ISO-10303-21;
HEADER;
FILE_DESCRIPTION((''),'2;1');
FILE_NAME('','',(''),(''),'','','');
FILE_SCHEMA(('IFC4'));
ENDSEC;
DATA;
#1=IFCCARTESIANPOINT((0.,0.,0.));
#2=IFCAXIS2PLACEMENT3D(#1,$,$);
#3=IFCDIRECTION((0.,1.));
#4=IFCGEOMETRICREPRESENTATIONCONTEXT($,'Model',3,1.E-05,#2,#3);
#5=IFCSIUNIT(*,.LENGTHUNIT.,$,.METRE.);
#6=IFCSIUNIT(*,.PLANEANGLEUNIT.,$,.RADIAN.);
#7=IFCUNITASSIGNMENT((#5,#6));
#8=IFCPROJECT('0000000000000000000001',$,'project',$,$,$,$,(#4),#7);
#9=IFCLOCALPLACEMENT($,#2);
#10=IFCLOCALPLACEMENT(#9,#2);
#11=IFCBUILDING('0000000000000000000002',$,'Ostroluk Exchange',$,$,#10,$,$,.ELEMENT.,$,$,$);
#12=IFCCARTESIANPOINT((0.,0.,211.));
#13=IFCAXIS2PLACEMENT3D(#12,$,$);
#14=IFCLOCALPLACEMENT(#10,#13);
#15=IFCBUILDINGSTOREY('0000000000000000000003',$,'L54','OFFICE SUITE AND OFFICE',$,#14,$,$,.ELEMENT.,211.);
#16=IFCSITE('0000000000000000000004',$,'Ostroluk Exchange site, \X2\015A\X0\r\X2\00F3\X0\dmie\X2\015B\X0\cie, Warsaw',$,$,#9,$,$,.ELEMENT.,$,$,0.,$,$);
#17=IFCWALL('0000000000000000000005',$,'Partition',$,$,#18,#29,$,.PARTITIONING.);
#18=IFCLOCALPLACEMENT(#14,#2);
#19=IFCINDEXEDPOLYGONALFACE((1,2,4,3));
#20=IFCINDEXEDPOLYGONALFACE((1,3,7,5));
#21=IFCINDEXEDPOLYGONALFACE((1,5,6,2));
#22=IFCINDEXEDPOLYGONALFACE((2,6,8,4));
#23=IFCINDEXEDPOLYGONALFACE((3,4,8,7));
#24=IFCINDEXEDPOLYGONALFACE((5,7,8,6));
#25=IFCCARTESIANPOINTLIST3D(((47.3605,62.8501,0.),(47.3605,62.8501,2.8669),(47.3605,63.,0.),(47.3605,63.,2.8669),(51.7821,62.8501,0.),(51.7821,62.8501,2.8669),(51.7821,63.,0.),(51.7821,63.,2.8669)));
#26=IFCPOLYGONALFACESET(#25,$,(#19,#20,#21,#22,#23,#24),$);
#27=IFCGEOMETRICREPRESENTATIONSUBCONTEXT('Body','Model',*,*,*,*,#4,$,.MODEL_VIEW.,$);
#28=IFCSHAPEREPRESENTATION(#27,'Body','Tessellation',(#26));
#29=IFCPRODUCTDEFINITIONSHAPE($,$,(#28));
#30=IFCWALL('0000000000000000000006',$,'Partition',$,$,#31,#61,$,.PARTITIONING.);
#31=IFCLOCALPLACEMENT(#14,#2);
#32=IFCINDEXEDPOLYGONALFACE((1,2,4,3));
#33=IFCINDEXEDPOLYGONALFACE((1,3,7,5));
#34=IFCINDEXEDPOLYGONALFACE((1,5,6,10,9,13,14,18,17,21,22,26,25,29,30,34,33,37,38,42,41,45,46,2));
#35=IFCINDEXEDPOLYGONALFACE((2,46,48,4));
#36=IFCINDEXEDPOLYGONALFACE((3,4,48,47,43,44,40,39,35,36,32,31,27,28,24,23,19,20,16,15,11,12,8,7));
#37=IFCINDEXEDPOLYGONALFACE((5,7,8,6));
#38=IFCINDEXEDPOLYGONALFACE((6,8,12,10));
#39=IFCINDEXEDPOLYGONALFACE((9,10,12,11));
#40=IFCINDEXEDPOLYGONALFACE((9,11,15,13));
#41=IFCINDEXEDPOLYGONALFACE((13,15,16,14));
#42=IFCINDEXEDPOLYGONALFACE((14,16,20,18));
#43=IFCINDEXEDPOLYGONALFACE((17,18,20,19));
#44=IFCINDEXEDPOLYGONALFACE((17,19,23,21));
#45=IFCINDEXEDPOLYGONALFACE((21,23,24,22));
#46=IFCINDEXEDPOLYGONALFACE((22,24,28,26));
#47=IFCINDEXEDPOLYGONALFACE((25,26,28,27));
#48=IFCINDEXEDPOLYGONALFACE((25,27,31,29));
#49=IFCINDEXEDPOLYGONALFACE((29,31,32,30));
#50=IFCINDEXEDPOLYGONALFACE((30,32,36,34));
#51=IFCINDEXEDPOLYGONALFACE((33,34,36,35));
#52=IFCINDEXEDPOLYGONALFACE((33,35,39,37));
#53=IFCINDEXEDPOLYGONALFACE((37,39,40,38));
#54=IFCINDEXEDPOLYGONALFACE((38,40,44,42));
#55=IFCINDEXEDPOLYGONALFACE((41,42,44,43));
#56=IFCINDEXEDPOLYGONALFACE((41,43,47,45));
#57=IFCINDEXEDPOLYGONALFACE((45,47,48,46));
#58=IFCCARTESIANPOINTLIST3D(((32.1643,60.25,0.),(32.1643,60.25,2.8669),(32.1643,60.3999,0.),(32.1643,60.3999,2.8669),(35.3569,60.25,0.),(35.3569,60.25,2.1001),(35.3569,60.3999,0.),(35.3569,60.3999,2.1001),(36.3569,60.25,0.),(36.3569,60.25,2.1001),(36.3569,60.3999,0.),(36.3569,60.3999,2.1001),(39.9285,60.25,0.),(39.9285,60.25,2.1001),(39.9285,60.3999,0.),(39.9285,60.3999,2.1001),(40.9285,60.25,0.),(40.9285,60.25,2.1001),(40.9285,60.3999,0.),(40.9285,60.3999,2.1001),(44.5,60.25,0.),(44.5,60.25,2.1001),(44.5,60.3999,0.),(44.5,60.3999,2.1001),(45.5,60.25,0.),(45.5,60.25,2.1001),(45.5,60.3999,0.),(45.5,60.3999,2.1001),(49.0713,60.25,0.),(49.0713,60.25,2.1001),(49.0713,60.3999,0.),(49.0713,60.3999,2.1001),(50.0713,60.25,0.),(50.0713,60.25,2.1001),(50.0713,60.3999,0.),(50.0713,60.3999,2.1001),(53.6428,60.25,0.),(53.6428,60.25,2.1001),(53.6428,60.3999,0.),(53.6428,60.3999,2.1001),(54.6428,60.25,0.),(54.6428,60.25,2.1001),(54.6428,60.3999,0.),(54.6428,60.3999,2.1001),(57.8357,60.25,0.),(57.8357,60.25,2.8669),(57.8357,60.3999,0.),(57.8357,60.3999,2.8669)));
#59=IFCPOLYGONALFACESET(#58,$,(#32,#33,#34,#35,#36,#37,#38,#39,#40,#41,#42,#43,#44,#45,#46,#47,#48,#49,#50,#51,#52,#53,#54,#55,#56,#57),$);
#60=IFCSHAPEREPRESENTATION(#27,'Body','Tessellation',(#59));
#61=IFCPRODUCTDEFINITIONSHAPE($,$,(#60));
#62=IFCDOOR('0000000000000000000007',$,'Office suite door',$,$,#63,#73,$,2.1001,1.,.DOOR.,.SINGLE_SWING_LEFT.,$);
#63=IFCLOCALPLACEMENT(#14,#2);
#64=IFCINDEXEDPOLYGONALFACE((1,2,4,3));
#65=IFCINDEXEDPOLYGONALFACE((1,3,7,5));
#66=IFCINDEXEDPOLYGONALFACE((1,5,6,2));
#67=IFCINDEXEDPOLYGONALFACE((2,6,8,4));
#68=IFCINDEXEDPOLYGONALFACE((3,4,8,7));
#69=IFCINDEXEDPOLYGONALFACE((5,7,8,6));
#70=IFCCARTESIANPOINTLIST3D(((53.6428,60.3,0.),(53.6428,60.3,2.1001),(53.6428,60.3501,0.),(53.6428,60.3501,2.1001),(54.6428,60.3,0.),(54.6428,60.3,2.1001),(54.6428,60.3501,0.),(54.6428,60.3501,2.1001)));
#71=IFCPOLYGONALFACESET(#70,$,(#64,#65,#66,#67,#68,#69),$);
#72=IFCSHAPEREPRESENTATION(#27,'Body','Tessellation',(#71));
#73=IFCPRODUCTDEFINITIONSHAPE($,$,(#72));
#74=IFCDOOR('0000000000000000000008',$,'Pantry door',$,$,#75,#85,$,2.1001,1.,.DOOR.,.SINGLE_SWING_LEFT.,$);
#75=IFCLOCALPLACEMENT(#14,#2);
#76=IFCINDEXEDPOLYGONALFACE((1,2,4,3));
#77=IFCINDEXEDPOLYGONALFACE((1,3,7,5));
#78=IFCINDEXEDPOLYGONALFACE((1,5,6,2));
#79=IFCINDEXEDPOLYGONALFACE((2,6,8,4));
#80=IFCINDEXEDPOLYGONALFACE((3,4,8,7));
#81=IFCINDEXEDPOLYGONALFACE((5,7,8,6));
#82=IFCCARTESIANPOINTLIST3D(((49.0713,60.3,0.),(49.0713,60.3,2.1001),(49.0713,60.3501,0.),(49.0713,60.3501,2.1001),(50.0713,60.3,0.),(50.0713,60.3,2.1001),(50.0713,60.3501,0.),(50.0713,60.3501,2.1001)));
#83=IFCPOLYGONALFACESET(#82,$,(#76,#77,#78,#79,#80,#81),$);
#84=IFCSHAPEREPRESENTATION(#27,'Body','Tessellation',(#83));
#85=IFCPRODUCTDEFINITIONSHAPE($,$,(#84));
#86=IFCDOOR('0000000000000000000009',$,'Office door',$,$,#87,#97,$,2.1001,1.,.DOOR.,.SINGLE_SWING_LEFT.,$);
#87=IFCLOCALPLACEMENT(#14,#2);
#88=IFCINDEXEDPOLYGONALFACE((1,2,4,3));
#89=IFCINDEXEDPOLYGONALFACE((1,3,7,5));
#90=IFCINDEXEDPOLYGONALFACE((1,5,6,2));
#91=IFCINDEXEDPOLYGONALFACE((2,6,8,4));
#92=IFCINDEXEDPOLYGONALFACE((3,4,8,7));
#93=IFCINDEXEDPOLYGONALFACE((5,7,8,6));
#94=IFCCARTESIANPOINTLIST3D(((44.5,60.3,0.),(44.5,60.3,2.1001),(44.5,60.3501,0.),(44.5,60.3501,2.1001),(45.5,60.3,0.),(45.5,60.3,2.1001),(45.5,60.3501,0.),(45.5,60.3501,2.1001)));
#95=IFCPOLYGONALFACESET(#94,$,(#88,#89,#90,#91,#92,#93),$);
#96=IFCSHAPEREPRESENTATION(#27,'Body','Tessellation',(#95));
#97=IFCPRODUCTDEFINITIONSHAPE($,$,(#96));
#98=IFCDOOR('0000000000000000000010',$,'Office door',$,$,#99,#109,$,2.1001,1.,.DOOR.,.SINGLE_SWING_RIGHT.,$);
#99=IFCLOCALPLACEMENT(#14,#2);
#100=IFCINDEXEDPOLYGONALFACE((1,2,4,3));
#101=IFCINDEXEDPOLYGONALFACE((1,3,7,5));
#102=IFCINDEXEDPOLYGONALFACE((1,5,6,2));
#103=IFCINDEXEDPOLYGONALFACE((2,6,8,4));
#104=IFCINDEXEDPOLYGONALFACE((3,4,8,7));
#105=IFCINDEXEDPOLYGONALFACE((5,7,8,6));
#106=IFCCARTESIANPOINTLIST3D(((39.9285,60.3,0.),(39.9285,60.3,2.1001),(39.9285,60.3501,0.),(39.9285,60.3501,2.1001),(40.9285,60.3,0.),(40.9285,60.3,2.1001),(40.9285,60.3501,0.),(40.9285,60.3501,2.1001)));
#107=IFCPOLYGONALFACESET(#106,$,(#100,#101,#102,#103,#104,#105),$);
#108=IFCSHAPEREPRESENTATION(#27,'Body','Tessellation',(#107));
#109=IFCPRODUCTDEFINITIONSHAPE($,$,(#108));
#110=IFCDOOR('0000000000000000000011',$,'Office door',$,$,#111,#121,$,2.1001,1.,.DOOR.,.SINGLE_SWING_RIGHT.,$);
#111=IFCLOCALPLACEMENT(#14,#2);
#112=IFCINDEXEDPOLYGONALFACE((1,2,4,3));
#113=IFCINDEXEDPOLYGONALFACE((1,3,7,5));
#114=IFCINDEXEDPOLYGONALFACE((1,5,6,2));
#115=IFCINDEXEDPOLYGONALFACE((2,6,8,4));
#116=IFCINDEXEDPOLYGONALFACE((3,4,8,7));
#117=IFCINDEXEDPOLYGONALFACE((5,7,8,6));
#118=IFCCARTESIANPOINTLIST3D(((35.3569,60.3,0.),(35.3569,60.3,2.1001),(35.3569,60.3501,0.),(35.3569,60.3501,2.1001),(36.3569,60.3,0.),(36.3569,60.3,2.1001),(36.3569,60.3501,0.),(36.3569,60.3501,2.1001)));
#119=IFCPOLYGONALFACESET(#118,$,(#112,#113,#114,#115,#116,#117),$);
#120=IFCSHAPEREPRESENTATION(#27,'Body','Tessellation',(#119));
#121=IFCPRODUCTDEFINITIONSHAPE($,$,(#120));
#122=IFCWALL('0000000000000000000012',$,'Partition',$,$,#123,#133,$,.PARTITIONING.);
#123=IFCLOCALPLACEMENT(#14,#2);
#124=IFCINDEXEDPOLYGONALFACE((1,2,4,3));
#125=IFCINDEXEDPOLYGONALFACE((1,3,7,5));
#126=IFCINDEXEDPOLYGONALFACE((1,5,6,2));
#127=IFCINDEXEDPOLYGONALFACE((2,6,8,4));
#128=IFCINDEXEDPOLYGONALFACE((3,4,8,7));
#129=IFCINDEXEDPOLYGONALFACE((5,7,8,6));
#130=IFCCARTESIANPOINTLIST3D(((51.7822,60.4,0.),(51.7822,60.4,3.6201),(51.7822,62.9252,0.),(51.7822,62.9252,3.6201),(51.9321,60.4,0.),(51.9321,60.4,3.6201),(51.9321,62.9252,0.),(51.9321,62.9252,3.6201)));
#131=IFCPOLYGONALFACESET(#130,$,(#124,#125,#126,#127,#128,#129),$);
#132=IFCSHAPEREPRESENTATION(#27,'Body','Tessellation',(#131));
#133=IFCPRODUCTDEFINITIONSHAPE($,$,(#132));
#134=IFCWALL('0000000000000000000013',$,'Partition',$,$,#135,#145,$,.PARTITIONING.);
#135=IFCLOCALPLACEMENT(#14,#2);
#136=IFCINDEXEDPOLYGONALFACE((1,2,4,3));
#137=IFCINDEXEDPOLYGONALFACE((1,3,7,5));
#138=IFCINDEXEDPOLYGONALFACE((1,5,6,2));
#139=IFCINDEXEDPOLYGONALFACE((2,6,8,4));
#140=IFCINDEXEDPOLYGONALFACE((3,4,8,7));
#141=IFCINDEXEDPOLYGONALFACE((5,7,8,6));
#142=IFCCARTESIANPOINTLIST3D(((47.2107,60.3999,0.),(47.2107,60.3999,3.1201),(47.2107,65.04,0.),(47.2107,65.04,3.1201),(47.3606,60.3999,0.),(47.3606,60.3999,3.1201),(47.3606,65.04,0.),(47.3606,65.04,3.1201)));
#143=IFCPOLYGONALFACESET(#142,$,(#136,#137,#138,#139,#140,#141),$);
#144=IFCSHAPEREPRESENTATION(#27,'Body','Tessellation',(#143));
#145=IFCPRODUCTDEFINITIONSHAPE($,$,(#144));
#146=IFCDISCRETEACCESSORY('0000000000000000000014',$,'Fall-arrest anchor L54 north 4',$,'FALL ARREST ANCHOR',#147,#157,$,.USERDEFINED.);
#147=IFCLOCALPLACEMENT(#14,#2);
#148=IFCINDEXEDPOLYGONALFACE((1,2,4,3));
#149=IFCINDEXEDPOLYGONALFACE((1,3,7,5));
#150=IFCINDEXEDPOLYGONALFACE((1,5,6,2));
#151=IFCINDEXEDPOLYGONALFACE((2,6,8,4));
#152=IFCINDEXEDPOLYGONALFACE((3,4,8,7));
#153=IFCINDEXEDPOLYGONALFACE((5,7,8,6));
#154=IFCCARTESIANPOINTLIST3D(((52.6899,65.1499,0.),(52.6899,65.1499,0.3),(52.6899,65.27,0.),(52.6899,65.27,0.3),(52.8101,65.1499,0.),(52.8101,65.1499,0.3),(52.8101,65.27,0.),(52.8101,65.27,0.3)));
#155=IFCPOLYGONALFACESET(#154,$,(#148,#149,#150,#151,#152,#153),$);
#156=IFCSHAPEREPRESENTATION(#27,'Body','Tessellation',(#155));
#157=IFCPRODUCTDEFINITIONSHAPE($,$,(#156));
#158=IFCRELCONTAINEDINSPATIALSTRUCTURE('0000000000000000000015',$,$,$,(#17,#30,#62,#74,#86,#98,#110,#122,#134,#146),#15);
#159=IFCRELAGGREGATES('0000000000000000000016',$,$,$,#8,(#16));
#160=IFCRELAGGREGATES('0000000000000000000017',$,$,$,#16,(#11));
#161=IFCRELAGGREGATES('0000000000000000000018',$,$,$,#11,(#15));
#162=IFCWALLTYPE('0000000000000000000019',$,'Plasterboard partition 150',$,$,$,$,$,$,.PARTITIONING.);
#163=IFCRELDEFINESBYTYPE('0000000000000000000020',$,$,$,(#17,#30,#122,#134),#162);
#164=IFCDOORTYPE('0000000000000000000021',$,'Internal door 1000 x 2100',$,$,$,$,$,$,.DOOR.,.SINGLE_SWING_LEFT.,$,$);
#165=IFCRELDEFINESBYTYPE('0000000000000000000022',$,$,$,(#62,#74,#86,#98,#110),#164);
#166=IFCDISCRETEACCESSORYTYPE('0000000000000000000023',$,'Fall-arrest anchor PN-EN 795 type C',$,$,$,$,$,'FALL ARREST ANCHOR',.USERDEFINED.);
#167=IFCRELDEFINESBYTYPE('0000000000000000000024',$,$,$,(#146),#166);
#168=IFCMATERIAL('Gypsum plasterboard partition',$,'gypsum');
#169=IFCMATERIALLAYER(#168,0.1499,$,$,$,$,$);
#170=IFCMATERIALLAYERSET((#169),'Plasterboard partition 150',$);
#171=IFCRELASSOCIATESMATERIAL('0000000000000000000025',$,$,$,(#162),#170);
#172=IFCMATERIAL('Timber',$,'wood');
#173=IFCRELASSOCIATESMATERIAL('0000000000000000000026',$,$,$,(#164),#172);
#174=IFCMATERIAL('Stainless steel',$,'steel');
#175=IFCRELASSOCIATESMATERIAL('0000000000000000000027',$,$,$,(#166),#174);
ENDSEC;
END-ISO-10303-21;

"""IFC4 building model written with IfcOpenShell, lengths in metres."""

from ifc_helpers import new_model, si_unit, direction, frame, frame_2d, origin, origin_2d, place, context, subcontext, project, spatial, rectangle, extrude, material, layer, layer_set, type_object, element, fill, save


model = new_model("IFC4")

# Units and contexts
model_context = context("Model", 3, precision=1e-05, world=origin(), true_north=direction((0.0, 1.0)))
body_context = subcontext(model_context, "Body", "Model", "MODEL_VIEW")
ifc_project = project(units=[si_unit("LENGTHUNIT", "METRE"), si_unit("PLANEANGLEUNIT", "RADIAN")], contexts=[model_context])

# Site, building, storey
site_placement = place(None, origin())
site = spatial("IfcSite", under=ifc_project, at=site_placement, Name="Ostroluk Exchange site, Śródmieście, Warsaw", CompositionType="ELEMENT", RefElevation=0.0)
building_placement = place(site_placement, origin())
building = spatial("IfcBuilding", under=site, at=building_placement, Name="Ostroluk Exchange", CompositionType="ELEMENT")
storey_placement = place(building_placement, frame((0.0, 0.0, 211.0)))
storey = spatial("IfcBuildingStorey", under=building, at=storey_placement, Name="L54", Description="OFFICE SUITE AND OFFICE", CompositionType="ELEMENT", Elevation=211.0)

# Shared definitions
ifc_material_1 = material(Name="Gypsum plasterboard partition", Category="gypsum")
ifc_layer_1 = layer(ifc_material_1, 0.1499)
ifc_layer_set_1 = layer_set([ifc_layer_1], Name="Plasterboard partition 150")
wall_type = type_object("IfcWallType", Name="Plasterboard partition 150", PredefinedType="PARTITIONING", material=ifc_layer_set_1)
ifc_material_2 = material(Name="Timber", Category="wood")
door_type = type_object("IfcDoorType", Name="Internal door 1000 x 2100", OperationType="SINGLE_SWING_LEFT", PredefinedType="DOOR", material=ifc_material_2)

# Wall
wall_1_placement = place(storey_placement, frame((51.7822, 62.925, 0.0), z_axis=(0.0, 0.0, 1.0), x_axis=(-1.0, 0.0, 0.0)))
element("IfcWall", 1, at=wall_1_placement, inside=storey, type_object=wall_type, Name="Partition", PredefinedType="PARTITIONING", context=body_context, shape_type="SweptSolid", body=[
    extrude(rectangle(XDim=4.4216, YDim=0.1499, at=frame_2d((2.2109, 0.0))), origin(), (0.0, 0.0, 1.0), 2.8669),
])

# Wall, openings, doors
wall_2_placement = place(storey_placement, frame((57.8357, 60.325, 0.0), z_axis=(0.0, 0.0, 1.0), x_axis=(-1.0, 0.0, 0.0)))
wall_2 = element("IfcWall", 2, at=wall_2_placement, inside=storey, type_object=wall_type, Name="Partition", PredefinedType="PARTITIONING", context=body_context, shape_type="SweptSolid", body=[
    extrude(rectangle(XDim=25.6714, YDim=0.1499, at=frame_2d((12.8357, 0.0))), origin(), (0.0, 0.0, 1.0), 2.8669),
])
opening_1_placement = place(wall_2_placement, frame((3.1929, 0.0, 0.0)))
opening_1 = element("IfcOpeningElement", 3, at=opening_1_placement, cuts=wall_2, PredefinedType="OPENING", context=body_context, shape_type="SweptSolid", body=[
    extrude(rectangle(XDim=1.0, YDim=2.1001, at=frame_2d((0.5, 1.05))), frame((0.0, 0.085, 0.0), z_axis=(0.0, -1.0, 0.0), x_axis=(1.0, 0.0, 0.0)), (0.0, 0.0, 1.0), 0.1699),
])
opening_2_placement = place(wall_2_placement, frame((7.7644, 0.0, 0.0)))
opening_2 = element("IfcOpeningElement", 4, at=opening_2_placement, cuts=wall_2, PredefinedType="OPENING", context=body_context, shape_type="SweptSolid", body=[
    extrude(rectangle(XDim=1.0, YDim=2.1001, at=frame_2d((0.5, 1.05))), frame((0.0, 0.085, 0.0), z_axis=(0.0, -1.0, 0.0), x_axis=(1.0, 0.0, 0.0)), (0.0, 0.0, 1.0), 0.1699),
])
opening_3_placement = place(wall_2_placement, frame((12.3357, 0.0, 0.0)))
opening_3 = element("IfcOpeningElement", 5, at=opening_3_placement, cuts=wall_2, PredefinedType="OPENING", context=body_context, shape_type="SweptSolid", body=[
    extrude(rectangle(XDim=1.0, YDim=2.1001, at=frame_2d((0.5, 1.05))), frame((0.0, 0.085, 0.0), z_axis=(0.0, -1.0, 0.0), x_axis=(1.0, 0.0, 0.0)), (0.0, 0.0, 1.0), 0.1699),
])
opening_4_placement = place(wall_2_placement, frame((16.9072, 0.0, 0.0)))
opening_4 = element("IfcOpeningElement", 6, at=opening_4_placement, cuts=wall_2, PredefinedType="OPENING", context=body_context, shape_type="SweptSolid", body=[
    extrude(rectangle(XDim=1.0, YDim=2.1001, at=frame_2d((0.5, 1.05))), frame((0.0, 0.085, 0.0), z_axis=(0.0, -1.0, 0.0), x_axis=(1.0, 0.0, 0.0)), (0.0, 0.0, 1.0), 0.1699),
])
opening_5_placement = place(wall_2_placement, frame((21.4788, 0.0, 0.0)))
opening_5 = element("IfcOpeningElement", 7, at=opening_5_placement, cuts=wall_2, PredefinedType="OPENING", context=body_context, shape_type="SweptSolid", body=[
    extrude(rectangle(XDim=1.0, YDim=2.1001, at=frame_2d((0.5, 1.05))), frame((0.0, 0.085, 0.0), z_axis=(0.0, -1.0, 0.0), x_axis=(1.0, 0.0, 0.0)), (0.0, 0.0, 1.0), 0.1699),
])
door_1_placement = place(opening_1_placement, origin())
door_1 = element("IfcDoor", 8, at=door_1_placement, inside=storey, type_object=door_type, Name="Office suite door", OperationType="SINGLE_SWING_LEFT", OverallHeight=2.1001, OverallWidth=1.0, PredefinedType="DOOR", context=body_context, shape_type="SweptSolid", body=[
    extrude(rectangle(XDim=1.0, YDim=2.1001, at=frame_2d((0.5, 1.05))), frame((0.0, 0.0249, 0.0), z_axis=(0.0, -1.0, 0.0), x_axis=(1.0, 0.0, 0.0)), (0.0, 0.0, 1.0), 0.05),
])
fill(opening_1, door_1)
door_2_placement = place(opening_2_placement, origin())
door_2 = element("IfcDoor", 9, at=door_2_placement, inside=storey, type_object=door_type, Name="Pantry door", OperationType="SINGLE_SWING_LEFT", OverallHeight=2.1001, OverallWidth=1.0, PredefinedType="DOOR", context=body_context, shape_type="SweptSolid", body=[
    extrude(rectangle(XDim=1.0, YDim=2.1001, at=frame_2d((0.5, 1.05))), frame((0.0, 0.0249, 0.0), z_axis=(0.0, -1.0, 0.0), x_axis=(1.0, 0.0, 0.0)), (0.0, 0.0, 1.0), 0.05),
])
fill(opening_2, door_2)
door_3_placement = place(opening_3_placement, origin())
door_3 = element("IfcDoor", 10, at=door_3_placement, inside=storey, type_object=door_type, Name="Office door", OperationType="SINGLE_SWING_LEFT", OverallHeight=2.1001, OverallWidth=1.0, PredefinedType="DOOR", context=body_context, shape_type="SweptSolid", body=[
    extrude(rectangle(XDim=1.0, YDim=2.1001, at=frame_2d((0.5, 1.05))), frame((0.0, 0.0249, 0.0), z_axis=(0.0, -1.0, 0.0), x_axis=(1.0, 0.0, 0.0)), (0.0, 0.0, 1.0), 0.05),
])
fill(opening_3, door_3)
door_4_placement = place(opening_4_placement, origin())
door_4 = element("IfcDoor", 11, at=door_4_placement, inside=storey, type_object=door_type, Name="Office door", OperationType="SINGLE_SWING_RIGHT", OverallHeight=2.1001, OverallWidth=1.0, PredefinedType="DOOR", context=body_context, shape_type="SweptSolid", body=[
    extrude(rectangle(XDim=1.0, YDim=2.1001, at=frame_2d((0.5, 1.05))), frame((0.0, 0.0249, 0.0), z_axis=(0.0, -1.0, 0.0), x_axis=(1.0, 0.0, 0.0)), (0.0, 0.0, 1.0), 0.05),
])
fill(opening_4, door_4)
door_5_placement = place(opening_5_placement, origin())
door_5 = element("IfcDoor", 12, at=door_5_placement, inside=storey, type_object=door_type, Name="Office door", OperationType="SINGLE_SWING_RIGHT", OverallHeight=2.1001, OverallWidth=1.0, PredefinedType="DOOR", context=body_context, shape_type="SweptSolid", body=[
    extrude(rectangle(XDim=1.0, YDim=2.1001, at=frame_2d((0.5, 1.05))), frame((0.0, 0.0249, 0.0), z_axis=(0.0, -1.0, 0.0), x_axis=(1.0, 0.0, 0.0)), (0.0, 0.0, 1.0), 0.05),
])
fill(opening_5, door_5)

# Walls
wall_3_placement = place(storey_placement, frame((51.8572, 60.3999, 0.0), z_axis=(0.0, 0.0, 1.0), x_axis=(0.0, 1.0, 0.0)))
element("IfcWall", 13, at=wall_3_placement, inside=storey, type_object=wall_type, Name="Partition", PredefinedType="PARTITIONING", context=body_context, shape_type="SweptSolid", body=[
    extrude(rectangle(XDim=2.5251, YDim=0.1499, at=frame_2d((1.2627, 0.0))), origin(), (0.0, 0.0, 1.0), 3.6201),
])
wall_4_placement = place(storey_placement, frame((47.2856, 60.3999, 0.0), z_axis=(0.0, 0.0, 1.0), x_axis=(0.0, 1.0, 0.0)))
element("IfcWall", 14, at=wall_4_placement, inside=storey, type_object=wall_type, Name="Partition", PredefinedType="PARTITIONING", context=body_context, shape_type="SweptSolid", body=[
    extrude(rectangle(XDim=4.6401, YDim=0.1499, at=frame_2d((2.3201, 0.0))), origin(), (0.0, 0.0, 1.0), 3.1201),
])

# Discrete accessory
ifc_material_3 = material(Name="Stainless steel", Category="steel")
discrete_accessory_type = type_object("IfcDiscreteAccessoryType", Name="Fall-arrest anchor PN-EN 795 type C", ElementType="FALL ARREST ANCHOR", PredefinedType="USERDEFINED", material=ifc_material_3)
discrete_accessory_placement = place(storey_placement, frame((52.75, 65.21, 0.0), z_axis=(0.0, 0.0, 1.0), x_axis=(1.0, 0.0, 0.0)))
element("IfcDiscreteAccessory", 15, at=discrete_accessory_placement, inside=storey, type_object=discrete_accessory_type, Name="Fall-arrest anchor L54 north 4", ObjectType="FALL ARREST ANCHOR", PredefinedType="USERDEFINED", context=body_context, shape_type="SweptSolid", body=[
    extrude(rectangle(XDim=0.1201, YDim=0.1201, at=origin_2d()), origin(), (0.0, 0.0, 1.0), 0.3),
])

save(model, "model.ifc")
